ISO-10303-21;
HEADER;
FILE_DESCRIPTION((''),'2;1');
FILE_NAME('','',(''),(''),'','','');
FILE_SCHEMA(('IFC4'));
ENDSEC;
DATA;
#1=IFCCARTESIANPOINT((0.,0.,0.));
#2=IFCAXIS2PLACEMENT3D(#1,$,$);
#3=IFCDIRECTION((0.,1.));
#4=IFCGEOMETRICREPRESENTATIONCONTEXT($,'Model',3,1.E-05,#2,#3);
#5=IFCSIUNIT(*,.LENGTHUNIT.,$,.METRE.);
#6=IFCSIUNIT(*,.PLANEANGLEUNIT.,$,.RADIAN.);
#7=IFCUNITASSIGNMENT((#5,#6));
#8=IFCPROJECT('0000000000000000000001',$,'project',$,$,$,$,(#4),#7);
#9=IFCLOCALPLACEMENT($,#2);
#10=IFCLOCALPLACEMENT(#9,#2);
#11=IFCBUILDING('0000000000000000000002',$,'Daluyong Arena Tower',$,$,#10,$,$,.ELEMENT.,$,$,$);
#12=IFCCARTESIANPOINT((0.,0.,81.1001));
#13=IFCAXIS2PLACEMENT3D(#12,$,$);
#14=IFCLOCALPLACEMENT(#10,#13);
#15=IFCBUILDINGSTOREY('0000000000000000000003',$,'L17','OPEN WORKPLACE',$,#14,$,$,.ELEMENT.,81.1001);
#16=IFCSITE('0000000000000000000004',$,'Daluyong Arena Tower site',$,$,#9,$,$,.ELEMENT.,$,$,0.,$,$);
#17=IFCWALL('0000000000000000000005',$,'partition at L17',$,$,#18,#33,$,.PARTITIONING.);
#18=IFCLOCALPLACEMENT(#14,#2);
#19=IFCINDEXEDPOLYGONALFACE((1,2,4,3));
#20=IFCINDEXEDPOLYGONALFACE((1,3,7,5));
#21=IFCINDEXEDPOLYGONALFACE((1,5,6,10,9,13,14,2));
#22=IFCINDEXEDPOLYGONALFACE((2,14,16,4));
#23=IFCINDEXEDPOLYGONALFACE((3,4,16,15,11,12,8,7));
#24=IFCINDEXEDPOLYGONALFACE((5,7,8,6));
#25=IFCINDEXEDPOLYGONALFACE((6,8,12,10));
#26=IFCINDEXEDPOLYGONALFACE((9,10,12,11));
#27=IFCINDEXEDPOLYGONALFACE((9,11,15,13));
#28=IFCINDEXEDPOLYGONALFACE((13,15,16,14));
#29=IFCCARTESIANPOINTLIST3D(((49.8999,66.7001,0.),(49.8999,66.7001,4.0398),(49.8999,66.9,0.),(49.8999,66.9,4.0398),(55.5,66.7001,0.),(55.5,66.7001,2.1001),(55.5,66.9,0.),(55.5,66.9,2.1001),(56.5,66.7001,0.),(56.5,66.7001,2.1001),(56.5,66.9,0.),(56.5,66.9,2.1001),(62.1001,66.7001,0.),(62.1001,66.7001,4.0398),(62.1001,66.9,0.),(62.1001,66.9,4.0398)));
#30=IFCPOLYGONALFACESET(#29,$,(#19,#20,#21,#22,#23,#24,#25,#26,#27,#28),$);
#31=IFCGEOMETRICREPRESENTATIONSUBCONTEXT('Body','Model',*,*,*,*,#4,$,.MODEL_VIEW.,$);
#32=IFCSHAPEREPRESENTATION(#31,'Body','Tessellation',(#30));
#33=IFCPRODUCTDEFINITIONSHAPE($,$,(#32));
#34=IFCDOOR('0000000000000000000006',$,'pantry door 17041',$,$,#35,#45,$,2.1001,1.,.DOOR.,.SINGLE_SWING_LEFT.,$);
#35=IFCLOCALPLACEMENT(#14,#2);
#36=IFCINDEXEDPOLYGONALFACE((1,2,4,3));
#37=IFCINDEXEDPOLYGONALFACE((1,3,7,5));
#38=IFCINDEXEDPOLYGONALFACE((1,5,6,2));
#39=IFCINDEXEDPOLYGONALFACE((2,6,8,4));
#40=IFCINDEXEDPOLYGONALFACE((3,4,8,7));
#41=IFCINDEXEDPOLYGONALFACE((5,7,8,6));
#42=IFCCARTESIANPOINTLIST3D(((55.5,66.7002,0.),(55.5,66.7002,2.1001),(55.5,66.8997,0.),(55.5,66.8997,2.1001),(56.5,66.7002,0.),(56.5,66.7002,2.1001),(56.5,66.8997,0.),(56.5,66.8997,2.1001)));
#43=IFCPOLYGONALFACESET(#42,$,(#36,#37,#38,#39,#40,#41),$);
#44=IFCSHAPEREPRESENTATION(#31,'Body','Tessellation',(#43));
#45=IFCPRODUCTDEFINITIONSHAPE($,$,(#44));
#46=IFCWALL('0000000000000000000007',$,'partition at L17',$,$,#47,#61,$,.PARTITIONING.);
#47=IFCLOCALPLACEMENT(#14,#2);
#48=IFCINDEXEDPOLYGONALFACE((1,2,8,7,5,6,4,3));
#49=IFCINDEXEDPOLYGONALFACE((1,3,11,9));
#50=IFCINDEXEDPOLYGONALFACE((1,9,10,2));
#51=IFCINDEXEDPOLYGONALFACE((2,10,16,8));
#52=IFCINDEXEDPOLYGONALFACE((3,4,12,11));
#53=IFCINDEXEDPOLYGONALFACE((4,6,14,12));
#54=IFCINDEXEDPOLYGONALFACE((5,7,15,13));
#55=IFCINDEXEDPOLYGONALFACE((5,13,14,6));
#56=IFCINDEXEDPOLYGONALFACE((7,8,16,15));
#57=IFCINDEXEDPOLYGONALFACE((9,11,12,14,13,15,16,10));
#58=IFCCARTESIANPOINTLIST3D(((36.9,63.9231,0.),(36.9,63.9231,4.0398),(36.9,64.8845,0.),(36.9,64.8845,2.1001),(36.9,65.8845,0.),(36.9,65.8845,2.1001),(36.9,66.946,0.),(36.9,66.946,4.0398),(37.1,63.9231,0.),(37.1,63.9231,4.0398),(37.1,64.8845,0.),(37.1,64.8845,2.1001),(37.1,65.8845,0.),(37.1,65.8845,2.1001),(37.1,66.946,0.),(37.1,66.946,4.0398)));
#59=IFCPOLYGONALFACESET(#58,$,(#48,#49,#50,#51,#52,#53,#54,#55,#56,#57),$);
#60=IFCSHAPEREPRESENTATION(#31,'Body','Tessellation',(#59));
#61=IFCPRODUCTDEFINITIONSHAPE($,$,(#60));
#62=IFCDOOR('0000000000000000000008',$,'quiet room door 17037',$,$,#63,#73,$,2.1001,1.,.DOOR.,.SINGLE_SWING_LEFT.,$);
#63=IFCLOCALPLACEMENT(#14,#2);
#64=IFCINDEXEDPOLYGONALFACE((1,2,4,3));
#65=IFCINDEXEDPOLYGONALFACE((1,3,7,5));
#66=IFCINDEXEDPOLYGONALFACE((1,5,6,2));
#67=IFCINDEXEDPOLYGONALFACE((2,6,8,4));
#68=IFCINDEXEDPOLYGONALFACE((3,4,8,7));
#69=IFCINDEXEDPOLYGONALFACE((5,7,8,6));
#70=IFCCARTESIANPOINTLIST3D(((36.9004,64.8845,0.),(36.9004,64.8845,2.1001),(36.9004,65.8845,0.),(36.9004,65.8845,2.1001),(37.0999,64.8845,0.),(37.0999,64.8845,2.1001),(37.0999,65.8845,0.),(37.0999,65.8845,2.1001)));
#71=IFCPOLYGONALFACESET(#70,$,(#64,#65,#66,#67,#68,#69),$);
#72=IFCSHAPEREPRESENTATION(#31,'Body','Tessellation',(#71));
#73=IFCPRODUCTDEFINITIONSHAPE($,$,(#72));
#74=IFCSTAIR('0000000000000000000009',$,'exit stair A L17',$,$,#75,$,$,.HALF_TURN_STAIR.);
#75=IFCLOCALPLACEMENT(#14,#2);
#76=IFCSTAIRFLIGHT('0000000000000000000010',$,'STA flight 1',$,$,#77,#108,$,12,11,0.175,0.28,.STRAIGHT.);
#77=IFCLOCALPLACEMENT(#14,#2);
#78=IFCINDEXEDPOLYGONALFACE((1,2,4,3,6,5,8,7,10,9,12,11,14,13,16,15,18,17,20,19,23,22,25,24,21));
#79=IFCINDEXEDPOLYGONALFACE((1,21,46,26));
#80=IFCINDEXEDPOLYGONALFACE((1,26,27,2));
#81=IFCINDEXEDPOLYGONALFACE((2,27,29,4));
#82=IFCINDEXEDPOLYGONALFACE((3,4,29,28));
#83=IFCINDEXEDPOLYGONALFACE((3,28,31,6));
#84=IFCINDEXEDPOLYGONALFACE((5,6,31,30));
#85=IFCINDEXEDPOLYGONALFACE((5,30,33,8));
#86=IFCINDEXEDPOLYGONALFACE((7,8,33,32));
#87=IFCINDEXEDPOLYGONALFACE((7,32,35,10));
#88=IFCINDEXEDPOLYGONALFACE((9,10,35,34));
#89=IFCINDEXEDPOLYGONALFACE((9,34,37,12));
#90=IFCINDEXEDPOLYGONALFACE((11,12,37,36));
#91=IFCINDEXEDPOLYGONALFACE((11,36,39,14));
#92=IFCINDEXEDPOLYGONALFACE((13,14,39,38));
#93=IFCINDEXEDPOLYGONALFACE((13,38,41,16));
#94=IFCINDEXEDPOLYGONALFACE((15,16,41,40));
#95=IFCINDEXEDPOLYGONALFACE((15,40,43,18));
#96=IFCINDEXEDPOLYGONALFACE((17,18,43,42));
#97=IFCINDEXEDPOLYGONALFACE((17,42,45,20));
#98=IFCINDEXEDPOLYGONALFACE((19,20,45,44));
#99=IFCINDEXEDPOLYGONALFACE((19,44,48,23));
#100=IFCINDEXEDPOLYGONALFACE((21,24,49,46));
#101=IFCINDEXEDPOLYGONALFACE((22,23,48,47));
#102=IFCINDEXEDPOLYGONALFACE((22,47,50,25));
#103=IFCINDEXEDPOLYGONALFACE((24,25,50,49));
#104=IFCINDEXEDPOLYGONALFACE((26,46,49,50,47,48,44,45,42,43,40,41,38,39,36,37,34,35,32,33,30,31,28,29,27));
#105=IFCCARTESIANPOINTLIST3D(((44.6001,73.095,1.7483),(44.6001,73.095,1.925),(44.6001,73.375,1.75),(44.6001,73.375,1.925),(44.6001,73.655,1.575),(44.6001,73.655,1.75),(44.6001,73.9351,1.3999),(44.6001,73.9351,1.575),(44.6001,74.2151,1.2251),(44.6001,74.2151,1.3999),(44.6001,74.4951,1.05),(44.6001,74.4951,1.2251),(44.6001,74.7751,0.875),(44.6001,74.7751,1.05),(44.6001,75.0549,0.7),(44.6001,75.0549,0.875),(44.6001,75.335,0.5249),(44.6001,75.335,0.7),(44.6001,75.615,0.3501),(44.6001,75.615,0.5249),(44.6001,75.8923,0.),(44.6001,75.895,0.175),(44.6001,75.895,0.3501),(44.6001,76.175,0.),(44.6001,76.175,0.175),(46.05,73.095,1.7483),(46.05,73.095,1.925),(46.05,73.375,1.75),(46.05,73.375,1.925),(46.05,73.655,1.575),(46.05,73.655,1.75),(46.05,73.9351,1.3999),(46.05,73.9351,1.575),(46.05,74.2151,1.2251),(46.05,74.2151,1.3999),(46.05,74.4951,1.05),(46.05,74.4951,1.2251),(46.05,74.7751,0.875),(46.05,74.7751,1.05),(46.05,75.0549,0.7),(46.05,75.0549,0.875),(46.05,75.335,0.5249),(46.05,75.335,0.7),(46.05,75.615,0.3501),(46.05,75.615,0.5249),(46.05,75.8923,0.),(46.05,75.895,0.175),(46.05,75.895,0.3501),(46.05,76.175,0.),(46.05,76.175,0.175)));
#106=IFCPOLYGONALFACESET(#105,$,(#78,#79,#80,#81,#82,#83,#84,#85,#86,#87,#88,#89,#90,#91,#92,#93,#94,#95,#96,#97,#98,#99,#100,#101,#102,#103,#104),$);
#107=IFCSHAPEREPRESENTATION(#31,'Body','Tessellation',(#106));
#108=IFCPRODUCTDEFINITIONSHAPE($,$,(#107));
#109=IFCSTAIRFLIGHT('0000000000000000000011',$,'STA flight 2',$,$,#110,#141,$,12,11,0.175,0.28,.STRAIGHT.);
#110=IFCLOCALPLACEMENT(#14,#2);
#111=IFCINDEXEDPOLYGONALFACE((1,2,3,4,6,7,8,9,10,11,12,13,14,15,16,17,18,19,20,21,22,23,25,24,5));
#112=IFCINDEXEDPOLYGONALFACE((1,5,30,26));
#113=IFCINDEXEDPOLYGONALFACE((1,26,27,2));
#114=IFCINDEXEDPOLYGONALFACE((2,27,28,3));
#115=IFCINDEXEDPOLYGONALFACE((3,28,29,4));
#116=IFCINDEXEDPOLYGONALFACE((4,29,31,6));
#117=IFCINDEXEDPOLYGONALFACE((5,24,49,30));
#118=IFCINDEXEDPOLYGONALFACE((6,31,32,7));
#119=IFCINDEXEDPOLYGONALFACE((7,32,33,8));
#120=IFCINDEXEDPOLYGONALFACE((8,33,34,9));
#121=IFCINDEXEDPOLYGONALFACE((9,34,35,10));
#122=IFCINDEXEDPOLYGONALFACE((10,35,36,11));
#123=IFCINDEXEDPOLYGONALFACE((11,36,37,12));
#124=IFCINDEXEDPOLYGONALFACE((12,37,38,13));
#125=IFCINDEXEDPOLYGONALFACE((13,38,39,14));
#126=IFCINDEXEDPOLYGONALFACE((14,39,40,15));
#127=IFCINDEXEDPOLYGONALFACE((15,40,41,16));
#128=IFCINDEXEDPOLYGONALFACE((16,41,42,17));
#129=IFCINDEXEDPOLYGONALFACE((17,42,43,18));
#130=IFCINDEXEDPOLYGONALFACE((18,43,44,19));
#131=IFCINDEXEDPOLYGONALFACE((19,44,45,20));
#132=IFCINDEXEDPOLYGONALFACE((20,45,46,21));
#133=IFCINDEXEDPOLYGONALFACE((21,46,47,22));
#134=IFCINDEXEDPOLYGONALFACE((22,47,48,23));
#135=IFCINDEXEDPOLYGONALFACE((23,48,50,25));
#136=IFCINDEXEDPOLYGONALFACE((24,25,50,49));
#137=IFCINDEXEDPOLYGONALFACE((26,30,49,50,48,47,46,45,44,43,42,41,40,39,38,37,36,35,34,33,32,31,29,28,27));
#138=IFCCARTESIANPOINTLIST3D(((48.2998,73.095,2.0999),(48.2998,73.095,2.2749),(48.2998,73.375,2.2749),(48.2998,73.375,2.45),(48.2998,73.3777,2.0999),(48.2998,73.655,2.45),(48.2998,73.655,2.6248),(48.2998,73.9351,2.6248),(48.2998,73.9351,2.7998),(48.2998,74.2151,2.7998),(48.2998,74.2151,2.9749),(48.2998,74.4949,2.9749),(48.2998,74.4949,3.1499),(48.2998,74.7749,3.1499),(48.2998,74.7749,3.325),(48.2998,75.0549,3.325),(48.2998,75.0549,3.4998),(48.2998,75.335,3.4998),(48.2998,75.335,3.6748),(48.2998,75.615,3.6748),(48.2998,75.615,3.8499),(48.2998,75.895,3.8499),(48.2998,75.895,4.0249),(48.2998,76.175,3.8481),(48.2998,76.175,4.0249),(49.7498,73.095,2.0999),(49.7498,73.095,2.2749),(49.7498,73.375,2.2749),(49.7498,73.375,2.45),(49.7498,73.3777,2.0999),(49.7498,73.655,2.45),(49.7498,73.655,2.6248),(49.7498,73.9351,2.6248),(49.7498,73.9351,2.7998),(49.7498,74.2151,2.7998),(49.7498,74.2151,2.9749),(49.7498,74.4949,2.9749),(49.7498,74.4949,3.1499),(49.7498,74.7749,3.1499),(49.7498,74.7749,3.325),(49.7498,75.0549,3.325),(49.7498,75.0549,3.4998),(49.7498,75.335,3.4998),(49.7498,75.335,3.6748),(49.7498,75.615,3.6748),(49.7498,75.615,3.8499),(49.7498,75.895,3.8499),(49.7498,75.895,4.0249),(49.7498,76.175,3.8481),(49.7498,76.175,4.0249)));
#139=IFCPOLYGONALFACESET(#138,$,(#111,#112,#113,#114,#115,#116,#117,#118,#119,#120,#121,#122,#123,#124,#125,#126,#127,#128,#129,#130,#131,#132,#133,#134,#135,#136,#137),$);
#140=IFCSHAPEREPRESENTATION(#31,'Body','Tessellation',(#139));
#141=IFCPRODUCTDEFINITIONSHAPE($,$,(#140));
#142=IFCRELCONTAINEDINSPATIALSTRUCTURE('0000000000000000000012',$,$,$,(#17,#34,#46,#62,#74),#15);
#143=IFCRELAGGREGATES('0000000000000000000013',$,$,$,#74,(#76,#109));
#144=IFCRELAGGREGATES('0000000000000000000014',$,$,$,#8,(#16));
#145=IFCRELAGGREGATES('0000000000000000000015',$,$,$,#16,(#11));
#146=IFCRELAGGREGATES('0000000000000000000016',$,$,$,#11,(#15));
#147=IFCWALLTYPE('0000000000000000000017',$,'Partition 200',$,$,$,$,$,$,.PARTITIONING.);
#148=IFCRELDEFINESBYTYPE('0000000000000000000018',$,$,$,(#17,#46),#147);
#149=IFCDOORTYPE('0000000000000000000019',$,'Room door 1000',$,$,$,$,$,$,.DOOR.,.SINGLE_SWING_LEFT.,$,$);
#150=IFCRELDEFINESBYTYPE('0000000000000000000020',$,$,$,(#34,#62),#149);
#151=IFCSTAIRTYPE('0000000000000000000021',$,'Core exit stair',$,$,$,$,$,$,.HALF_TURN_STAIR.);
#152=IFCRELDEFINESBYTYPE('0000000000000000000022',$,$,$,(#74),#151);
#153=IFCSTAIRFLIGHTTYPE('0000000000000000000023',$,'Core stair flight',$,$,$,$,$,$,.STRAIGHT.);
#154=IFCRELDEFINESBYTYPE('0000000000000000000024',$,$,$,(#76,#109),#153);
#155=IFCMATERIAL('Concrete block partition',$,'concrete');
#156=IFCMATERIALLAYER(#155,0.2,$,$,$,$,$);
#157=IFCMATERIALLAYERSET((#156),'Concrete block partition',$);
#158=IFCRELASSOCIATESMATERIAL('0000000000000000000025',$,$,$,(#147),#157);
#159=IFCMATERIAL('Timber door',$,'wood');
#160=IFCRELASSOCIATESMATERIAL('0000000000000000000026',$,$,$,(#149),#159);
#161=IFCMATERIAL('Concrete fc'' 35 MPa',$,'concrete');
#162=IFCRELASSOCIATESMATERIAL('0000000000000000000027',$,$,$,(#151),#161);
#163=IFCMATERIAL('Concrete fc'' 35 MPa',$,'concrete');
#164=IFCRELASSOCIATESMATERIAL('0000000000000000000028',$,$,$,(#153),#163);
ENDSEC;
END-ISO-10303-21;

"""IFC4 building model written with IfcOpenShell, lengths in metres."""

from ifc_helpers import new_model, si_unit, direction, frame, frame_2d, origin, place, context, subcontext, project, spatial, polyline, rectangle, outline, extrude, material, layer, layer_set, type_object, element, fill, aggregate, save


model = new_model("IFC4")

# Units and contexts
model_context = context("Model", 3, precision=1e-05, world=origin(), true_north=direction((0.0, 1.0)))
body_context = subcontext(model_context, "Body", "Model", "MODEL_VIEW")
ifc_project = project(units=[si_unit("LENGTHUNIT", "METRE"), si_unit("PLANEANGLEUNIT", "RADIAN")], contexts=[model_context])

# Site, building, storey
site_placement = place(None, origin())
site = spatial("IfcSite", under=ifc_project, at=site_placement, Name="Daluyong Arena Tower site", CompositionType="ELEMENT", RefElevation=0.0)
building_placement = place(site_placement, origin())
building = spatial("IfcBuilding", under=site, at=building_placement, Name="Daluyong Arena Tower", CompositionType="ELEMENT")
storey_placement = place(building_placement, frame((0.0, 0.0, 81.1001)))
storey = spatial("IfcBuildingStorey", under=building, at=storey_placement, Name="L17", Description="OPEN WORKPLACE", CompositionType="ELEMENT", Elevation=81.1001)

# Shared definitions
ifc_material_1 = material(Name="Concrete block partition", Category="concrete")
ifc_layer_1 = layer(ifc_material_1, 0.2)
ifc_layer_set_1 = layer_set([ifc_layer_1], Name="Concrete block partition")
wall_type_1 = type_object("IfcWallType", Name="Partition 200", PredefinedType="PARTITIONING", material=ifc_layer_set_1)

# Walls, openings, doors
wall_1_placement = place(storey_placement, frame((49.8999, 66.8, 0.0), z_axis=(0.0, 0.0, 1.0), x_axis=(1.0, 0.0, 0.0)))
wall_1 = element("IfcWall", 1, at=wall_1_placement, inside=storey, type_object=wall_type_1, Name="partition at L17", PredefinedType="PARTITIONING", context=body_context, shape_type="SweptSolid", body=[
    extrude(rectangle(XDim=12.2002, YDim=0.2, at=frame_2d((6.1001, 0.0))), origin(), (0.0, 0.0, 1.0), 4.0398),
])
opening_1_placement = place(wall_1_placement, frame((5.6001, 0.0, 0.0)))
opening_1 = element("IfcOpeningElement", 2, at=opening_1_placement, cuts=wall_1, PredefinedType="OPENING", context=body_context, shape_type="SweptSolid", body=[
    extrude(rectangle(XDim=1.0, YDim=2.1001, at=frame_2d((0.5, 1.05))), frame((0.0, 0.1099, 0.0), z_axis=(0.0, -1.0, 0.0), x_axis=(1.0, 0.0, 0.0)), (0.0, 0.0, 1.0), 0.22),
])
ifc_material_2 = material(Name="Timber door", Category="wood")
door_type_1 = type_object("IfcDoorType", Name="Room door 1000", OperationType="SINGLE_SWING_LEFT", PredefinedType="DOOR", material=ifc_material_2)
door_1_placement = place(opening_1_placement, origin())
door_1 = element("IfcDoor", 3, at=door_1_placement, inside=storey, type_object=door_type_1, Name="pantry door 17041", OperationType="SINGLE_SWING_LEFT", OverallHeight=2.1001, OverallWidth=1.0, PredefinedType="DOOR", context=body_context, shape_type="SweptSolid", body=[
    extrude(rectangle(XDim=1.0, YDim=2.1001, at=frame_2d((0.5, 1.05))), frame((0.0, 0.0996, 0.0), z_axis=(0.0, -1.0, 0.0), x_axis=(1.0, 0.0, 0.0)), (0.0, 0.0, 1.0), 0.1995),
])
fill(opening_1, door_1)
wall_2_placement = place(storey_placement, frame((37.0, 63.9231, 0.0), z_axis=(0.0, 0.0, 1.0), x_axis=(0.0, 1.0, 0.0)))
wall_2 = element("IfcWall", 4, at=wall_2_placement, inside=storey, type_object=wall_type_1, Name="partition at L17", PredefinedType="PARTITIONING", context=body_context, shape_type="SweptSolid", body=[
    extrude(rectangle(XDim=3.0229, YDim=0.2, at=frame_2d((1.5115, 0.0))), origin(), (0.0, 0.0, 1.0), 4.0398),
])
opening_2_placement = place(wall_2_placement, frame((0.9614, 0.0, 0.0)))
opening_2 = element("IfcOpeningElement", 5, at=opening_2_placement, cuts=wall_2, PredefinedType="OPENING", context=body_context, shape_type="SweptSolid", body=[
    extrude(rectangle(XDim=1.0, YDim=2.1001, at=frame_2d((0.5, 1.05))), frame((0.0, 0.1099, 0.0), z_axis=(0.0, -1.0, 0.0), x_axis=(1.0, 0.0, 0.0)), (0.0, 0.0, 1.0), 0.22),
])
door_2_placement = place(opening_2_placement, origin())
door_2 = element("IfcDoor", 6, at=door_2_placement, inside=storey, type_object=door_type_1, Name="quiet room door 17037", OperationType="SINGLE_SWING_LEFT", OverallHeight=2.1001, OverallWidth=1.0, PredefinedType="DOOR", context=body_context, shape_type="SweptSolid", body=[
    extrude(rectangle(XDim=1.0, YDim=2.1001, at=frame_2d((0.5, 1.05))), frame((0.0, 0.0996, 0.0), z_axis=(0.0, -1.0, 0.0), x_axis=(1.0, 0.0, 0.0)), (0.0, 0.0, 1.0), 0.1995),
])
fill(opening_2, door_2)

# Stair, stair flights
ifc_material_3 = material(Name="Concrete fc' 35 MPa", Category="concrete")
stair_type = type_object("IfcStairType", Name="Core exit stair", PredefinedType="HALF_TURN_STAIR", material=ifc_material_3)
stair_placement = place(storey_placement, origin())
stair = element("IfcStair", 7, at=stair_placement, inside=storey, type_object=stair_type, Name="exit stair A L17", PredefinedType="HALF_TURN_STAIR")
ifc_material_4 = material(Name="Concrete fc' 35 MPa", Category="concrete")
stair_flight_type = type_object("IfcStairFlightType", Name="Core stair flight", PredefinedType="STRAIGHT", material=ifc_material_4)
stair_flight_1_placement = place(storey_placement, frame((45.325, 76.175, 0.0), z_axis=(0.0, 0.0, 1.0), x_axis=(0.0, -1.0, 0.0)))
stair_flight_1 = element("IfcStairFlight", 8, at=stair_flight_1_placement, type_object=stair_flight_type, Name="STA flight 1", NumberOfRisers=12, NumberOfTreads=11, PredefinedType="STRAIGHT", RiserHeight=0.175, TreadLength=0.28, context=body_context, shape_type="SweptSolid", body=[
    extrude(outline(polyline([(0.0, 0.0), (0.0, 0.175), (0.28, 0.175), (0.28, 0.3501), (0.5601, 0.3501), (0.5601, 0.5249), (0.8401, 0.5249), (0.8401, 0.7), (1.1201, 0.7), (1.1201, 0.875), (1.3999, 0.875), (1.3999, 1.05), (1.6799, 1.05), (1.6799, 1.2251), (1.96, 1.2251), (1.96, 1.3999), (2.24, 1.3999), (2.24, 1.575), (2.52, 1.575), (2.52, 1.75), (2.8, 1.75), (2.8, 1.925), (3.0801, 1.925), (3.0801, 2.1001), (3.0801, 1.7483), (0.2827, 0.0), (0.0, 0.0)])), frame((0.0, 0.7251, 0.0), z_axis=(0.0, -1.0, 0.0), x_axis=(1.0, 0.0, 0.0)), (0.0, 0.0, 1.0), 1.45),
])
stair_flight_2_placement = place(storey_placement, frame((49.0249, 73.095, 2.0999), z_axis=(0.0, 0.0, 1.0), x_axis=(0.0, 1.0, 0.0)))
stair_flight_2 = element("IfcStairFlight", 9, at=stair_flight_2_placement, type_object=stair_flight_type, Name="STA flight 2", NumberOfRisers=12, NumberOfTreads=11, PredefinedType="STRAIGHT", RiserHeight=0.175, TreadLength=0.28, context=body_context, shape_type="SweptSolid", body=[
    extrude(outline(polyline([(0.0, 0.0), (0.0, 0.175), (0.28, 0.175), (0.28, 0.3501), (0.5601, 0.3501), (0.5601, 0.5249), (0.8401, 0.5249), (0.8401, 0.7), (1.1201, 0.7), (1.1201, 0.875), (1.3999, 0.875), (1.3999, 1.05), (1.6799, 1.05), (1.6799, 1.2251), (1.96, 1.2251), (1.96, 1.3999), (2.24, 1.3999), (2.24, 1.575), (2.52, 1.575), (2.52, 1.75), (2.8, 1.75), (2.8, 1.925), (3.0801, 1.925), (3.0801, 2.1001), (3.0801, 1.7483), (0.2827, 0.0), (0.0, 0.0)])), frame((0.0, 0.7251, 0.0), z_axis=(0.0, -1.0, 0.0), x_axis=(1.0, 0.0, 0.0)), (0.0, 0.0, 1.0), 1.45),
])
aggregate(stair, [stair_flight_1, stair_flight_2])

save(model, "model.ifc")
